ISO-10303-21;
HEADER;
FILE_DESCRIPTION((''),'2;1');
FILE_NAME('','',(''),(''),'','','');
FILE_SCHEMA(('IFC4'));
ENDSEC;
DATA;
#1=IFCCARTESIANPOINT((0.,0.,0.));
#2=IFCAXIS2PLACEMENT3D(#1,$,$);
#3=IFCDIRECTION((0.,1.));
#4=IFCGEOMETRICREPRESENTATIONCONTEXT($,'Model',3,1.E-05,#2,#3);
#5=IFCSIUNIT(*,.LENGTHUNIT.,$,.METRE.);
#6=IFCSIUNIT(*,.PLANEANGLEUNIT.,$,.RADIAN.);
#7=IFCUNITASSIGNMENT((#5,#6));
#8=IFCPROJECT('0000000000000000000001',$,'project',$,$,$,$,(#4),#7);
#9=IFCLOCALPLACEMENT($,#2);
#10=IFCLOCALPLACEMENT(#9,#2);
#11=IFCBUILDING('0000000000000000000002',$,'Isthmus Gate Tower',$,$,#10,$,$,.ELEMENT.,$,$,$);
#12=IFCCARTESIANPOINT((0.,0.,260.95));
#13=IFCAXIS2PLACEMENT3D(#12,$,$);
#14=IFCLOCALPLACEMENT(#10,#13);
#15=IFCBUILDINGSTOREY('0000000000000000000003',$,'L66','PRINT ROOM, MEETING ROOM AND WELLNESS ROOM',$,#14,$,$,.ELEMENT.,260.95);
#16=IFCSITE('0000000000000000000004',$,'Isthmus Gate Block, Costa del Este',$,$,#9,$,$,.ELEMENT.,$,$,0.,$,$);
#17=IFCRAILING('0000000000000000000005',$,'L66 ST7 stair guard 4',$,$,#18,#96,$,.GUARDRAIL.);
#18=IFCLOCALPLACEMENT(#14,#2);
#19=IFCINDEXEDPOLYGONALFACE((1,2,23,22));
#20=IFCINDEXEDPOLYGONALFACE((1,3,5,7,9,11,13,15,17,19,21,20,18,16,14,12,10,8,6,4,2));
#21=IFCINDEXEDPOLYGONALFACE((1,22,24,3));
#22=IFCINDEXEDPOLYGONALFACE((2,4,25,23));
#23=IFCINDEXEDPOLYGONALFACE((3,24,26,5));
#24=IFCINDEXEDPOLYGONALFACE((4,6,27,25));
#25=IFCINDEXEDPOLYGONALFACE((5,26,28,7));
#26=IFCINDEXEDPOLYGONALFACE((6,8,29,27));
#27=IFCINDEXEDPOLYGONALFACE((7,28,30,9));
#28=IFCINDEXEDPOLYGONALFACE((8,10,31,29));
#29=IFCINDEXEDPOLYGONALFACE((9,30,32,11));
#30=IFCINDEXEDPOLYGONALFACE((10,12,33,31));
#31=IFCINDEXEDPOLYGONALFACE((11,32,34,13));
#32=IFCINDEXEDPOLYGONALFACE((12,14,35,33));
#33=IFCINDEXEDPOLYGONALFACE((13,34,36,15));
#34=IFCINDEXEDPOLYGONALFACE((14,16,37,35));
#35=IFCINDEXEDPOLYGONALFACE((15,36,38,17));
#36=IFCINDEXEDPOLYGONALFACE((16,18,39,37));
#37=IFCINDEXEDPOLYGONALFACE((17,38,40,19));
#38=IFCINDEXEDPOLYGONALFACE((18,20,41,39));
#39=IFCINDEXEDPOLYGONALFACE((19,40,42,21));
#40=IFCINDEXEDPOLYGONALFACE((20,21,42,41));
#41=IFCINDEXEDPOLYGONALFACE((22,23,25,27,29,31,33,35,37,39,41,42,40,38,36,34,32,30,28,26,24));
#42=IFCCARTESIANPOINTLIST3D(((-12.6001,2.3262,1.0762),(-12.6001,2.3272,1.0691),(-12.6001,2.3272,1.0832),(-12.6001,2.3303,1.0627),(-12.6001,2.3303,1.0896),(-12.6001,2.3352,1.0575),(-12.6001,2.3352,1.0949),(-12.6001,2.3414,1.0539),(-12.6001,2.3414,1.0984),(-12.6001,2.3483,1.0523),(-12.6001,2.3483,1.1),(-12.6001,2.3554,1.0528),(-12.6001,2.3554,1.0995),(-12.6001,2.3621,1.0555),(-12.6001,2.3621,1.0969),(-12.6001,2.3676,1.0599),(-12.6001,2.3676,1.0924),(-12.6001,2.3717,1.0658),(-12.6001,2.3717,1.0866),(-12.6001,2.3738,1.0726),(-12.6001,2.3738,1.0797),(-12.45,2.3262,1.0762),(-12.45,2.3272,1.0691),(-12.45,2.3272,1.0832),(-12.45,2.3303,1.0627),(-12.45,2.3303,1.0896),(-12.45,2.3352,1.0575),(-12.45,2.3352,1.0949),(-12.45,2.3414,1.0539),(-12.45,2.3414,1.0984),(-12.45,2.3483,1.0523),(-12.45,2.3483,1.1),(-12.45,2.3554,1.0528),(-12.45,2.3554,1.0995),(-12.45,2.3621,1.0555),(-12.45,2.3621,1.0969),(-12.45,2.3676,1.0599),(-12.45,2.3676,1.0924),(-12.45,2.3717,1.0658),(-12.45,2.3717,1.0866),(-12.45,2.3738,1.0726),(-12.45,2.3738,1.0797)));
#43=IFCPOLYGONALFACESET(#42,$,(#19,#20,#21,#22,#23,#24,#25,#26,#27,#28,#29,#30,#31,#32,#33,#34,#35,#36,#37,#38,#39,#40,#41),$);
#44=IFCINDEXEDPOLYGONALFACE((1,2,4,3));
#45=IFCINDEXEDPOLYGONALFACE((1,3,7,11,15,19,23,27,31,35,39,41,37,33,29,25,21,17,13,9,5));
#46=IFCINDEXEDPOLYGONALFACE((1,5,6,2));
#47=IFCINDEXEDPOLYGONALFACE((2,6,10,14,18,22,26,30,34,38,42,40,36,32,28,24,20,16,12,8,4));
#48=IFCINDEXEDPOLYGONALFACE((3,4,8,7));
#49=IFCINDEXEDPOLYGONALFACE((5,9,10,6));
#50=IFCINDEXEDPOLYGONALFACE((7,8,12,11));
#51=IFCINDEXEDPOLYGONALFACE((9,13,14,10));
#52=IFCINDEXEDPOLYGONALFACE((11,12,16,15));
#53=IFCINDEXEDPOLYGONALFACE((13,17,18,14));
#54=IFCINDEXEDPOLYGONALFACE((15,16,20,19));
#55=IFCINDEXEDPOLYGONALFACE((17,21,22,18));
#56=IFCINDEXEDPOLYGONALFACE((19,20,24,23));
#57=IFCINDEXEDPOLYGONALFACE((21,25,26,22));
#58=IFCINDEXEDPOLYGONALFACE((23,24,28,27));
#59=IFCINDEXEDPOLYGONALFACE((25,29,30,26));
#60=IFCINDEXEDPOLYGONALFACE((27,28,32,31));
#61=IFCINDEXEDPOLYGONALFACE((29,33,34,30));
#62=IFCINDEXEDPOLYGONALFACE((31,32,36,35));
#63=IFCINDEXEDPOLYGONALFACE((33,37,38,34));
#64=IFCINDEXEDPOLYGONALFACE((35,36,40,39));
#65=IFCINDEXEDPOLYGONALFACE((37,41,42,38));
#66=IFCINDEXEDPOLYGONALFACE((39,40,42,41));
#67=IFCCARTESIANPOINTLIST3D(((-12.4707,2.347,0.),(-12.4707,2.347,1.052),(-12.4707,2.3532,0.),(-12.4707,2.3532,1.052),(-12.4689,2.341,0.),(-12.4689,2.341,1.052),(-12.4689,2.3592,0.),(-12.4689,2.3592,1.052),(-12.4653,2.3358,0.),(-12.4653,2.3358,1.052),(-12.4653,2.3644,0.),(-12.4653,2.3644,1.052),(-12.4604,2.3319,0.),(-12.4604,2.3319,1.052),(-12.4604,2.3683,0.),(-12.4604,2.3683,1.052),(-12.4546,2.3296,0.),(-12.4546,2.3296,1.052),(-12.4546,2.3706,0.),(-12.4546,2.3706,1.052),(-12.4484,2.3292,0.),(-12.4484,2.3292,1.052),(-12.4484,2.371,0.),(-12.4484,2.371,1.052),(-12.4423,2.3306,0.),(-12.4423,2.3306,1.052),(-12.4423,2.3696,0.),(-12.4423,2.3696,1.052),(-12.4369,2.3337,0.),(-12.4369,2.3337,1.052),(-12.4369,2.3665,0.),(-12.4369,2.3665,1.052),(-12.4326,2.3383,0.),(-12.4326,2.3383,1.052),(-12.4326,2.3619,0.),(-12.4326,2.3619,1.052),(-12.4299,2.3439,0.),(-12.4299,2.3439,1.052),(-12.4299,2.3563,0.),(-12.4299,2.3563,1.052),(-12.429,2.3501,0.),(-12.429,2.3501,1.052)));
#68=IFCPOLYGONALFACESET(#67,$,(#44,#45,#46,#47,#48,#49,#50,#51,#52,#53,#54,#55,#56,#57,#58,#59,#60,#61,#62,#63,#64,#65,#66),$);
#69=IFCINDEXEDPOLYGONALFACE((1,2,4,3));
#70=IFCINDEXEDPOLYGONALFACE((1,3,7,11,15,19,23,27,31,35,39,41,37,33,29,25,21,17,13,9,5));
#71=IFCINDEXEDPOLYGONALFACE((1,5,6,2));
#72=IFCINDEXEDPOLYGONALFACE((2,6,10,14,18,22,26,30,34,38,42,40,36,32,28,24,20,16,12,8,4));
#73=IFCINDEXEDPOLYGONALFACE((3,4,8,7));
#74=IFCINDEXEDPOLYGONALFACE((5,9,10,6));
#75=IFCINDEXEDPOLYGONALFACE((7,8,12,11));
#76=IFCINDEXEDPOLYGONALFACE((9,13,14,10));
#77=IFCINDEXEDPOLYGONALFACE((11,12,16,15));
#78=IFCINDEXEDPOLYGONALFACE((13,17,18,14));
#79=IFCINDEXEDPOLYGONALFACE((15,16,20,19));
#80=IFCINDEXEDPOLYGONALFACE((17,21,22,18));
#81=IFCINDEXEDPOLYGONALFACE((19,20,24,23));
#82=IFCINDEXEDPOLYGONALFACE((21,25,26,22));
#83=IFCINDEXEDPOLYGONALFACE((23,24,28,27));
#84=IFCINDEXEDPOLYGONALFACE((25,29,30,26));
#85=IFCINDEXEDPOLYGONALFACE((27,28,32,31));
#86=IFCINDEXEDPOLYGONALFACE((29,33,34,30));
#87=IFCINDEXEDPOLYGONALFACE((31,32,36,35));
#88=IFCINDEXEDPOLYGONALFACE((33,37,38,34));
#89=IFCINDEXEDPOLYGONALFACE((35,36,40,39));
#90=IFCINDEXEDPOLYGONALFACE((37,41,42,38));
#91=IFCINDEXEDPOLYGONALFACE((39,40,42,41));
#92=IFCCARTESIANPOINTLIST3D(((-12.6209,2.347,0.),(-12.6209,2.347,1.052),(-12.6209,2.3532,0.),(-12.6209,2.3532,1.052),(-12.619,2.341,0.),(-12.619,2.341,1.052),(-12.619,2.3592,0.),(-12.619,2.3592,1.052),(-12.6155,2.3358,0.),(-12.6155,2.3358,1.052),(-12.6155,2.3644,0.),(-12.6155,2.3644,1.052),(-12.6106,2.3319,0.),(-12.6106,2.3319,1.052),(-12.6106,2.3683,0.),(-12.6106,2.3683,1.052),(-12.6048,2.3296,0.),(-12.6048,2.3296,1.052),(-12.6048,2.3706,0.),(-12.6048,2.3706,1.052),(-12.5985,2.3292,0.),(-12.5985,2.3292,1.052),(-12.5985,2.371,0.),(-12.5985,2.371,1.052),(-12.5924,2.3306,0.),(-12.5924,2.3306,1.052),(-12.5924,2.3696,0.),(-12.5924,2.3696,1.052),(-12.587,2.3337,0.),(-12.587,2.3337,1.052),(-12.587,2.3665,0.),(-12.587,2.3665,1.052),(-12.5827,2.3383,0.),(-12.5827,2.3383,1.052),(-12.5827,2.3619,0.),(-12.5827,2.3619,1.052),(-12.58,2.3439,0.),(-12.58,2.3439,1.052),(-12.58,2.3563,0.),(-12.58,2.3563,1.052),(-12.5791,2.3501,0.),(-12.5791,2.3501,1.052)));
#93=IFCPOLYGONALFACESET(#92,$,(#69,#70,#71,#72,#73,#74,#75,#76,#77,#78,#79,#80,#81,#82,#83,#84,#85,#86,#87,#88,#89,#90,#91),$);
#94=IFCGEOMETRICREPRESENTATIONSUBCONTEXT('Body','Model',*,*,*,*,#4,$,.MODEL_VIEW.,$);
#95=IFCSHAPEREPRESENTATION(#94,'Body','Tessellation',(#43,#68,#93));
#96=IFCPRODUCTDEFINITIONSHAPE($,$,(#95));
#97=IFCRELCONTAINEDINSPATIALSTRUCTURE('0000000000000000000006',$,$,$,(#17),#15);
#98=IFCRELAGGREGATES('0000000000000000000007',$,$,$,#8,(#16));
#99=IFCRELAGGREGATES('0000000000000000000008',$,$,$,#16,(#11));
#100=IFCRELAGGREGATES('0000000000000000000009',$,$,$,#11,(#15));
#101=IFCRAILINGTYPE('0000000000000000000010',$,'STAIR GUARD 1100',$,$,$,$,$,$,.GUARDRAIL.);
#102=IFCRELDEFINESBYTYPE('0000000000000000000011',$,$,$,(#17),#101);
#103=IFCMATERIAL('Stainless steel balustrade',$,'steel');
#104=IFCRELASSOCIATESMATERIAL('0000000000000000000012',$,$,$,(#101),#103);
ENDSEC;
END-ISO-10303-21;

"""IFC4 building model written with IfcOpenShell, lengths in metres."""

from ifc_helpers import new_model, si_unit, direction, frame, origin, origin_2d, place, context, subcontext, project, spatial, circle, extrude, material, type_object, element, save


model = new_model("IFC4")

# Units and contexts
model_context = context("Model", 3, precision=1e-05, world=origin(), true_north=direction((0.0, 1.0)))
body_context = subcontext(model_context, "Body", "Model", "MODEL_VIEW")
ifc_project = project(units=[si_unit("LENGTHUNIT", "METRE"), si_unit("PLANEANGLEUNIT", "RADIAN")], contexts=[model_context])

# Site, building, storey
site_placement = place(None, origin())
site = spatial("IfcSite", under=ifc_project, at=site_placement, Name="Isthmus Gate Block, Costa del Este", CompositionType="ELEMENT", RefElevation=0.0)
building_placement = place(site_placement, origin())
building = spatial("IfcBuilding", under=site, at=building_placement, Name="Isthmus Gate Tower", CompositionType="ELEMENT")
storey_placement = place(building_placement, frame((0.0, 0.0, 260.95)))
storey = spatial("IfcBuildingStorey", under=building, at=storey_placement, Name="L66", Description="PRINT ROOM, MEETING ROOM AND WELLNESS ROOM", CompositionType="ELEMENT", Elevation=260.95)

# Railing
ifc_material_1 = material(Name="Stainless steel balustrade", Category="steel")
railing_type_1 = type_object("IfcRailingType", Name="STAIR GUARD 1100", PredefinedType="GUARDRAIL", material=ifc_material_1)
railing_1_placement = place(storey_placement, frame((-12.45, 2.3501, 0.0)))
element("IfcRailing", 1, at=railing_1_placement, inside=storey, type_object=railing_type_1, Name="L66 ST7 stair guard 4", PredefinedType="GUARDRAIL", context=body_context, shape_type="SweptSolid", body=[
    extrude(circle(Radius=0.0239, at=origin_2d()), frame((0.0, 0.0, 1.0762), z_axis=(-1.0, 0.0, 0.0), x_axis=(0.0, -1.0, 0.0)), (0.0, 0.0, 1.0), 0.1501),
    extrude(circle(Radius=0.021, at=origin_2d()), origin(), (0.0, 0.0, 1.0), 1.052),
    extrude(circle(Radius=0.021, at=origin_2d()), frame((-0.1501, 0.0, 0.0)), (0.0, 0.0, 1.0), 1.052),
])

save(model, "model.ifc")
